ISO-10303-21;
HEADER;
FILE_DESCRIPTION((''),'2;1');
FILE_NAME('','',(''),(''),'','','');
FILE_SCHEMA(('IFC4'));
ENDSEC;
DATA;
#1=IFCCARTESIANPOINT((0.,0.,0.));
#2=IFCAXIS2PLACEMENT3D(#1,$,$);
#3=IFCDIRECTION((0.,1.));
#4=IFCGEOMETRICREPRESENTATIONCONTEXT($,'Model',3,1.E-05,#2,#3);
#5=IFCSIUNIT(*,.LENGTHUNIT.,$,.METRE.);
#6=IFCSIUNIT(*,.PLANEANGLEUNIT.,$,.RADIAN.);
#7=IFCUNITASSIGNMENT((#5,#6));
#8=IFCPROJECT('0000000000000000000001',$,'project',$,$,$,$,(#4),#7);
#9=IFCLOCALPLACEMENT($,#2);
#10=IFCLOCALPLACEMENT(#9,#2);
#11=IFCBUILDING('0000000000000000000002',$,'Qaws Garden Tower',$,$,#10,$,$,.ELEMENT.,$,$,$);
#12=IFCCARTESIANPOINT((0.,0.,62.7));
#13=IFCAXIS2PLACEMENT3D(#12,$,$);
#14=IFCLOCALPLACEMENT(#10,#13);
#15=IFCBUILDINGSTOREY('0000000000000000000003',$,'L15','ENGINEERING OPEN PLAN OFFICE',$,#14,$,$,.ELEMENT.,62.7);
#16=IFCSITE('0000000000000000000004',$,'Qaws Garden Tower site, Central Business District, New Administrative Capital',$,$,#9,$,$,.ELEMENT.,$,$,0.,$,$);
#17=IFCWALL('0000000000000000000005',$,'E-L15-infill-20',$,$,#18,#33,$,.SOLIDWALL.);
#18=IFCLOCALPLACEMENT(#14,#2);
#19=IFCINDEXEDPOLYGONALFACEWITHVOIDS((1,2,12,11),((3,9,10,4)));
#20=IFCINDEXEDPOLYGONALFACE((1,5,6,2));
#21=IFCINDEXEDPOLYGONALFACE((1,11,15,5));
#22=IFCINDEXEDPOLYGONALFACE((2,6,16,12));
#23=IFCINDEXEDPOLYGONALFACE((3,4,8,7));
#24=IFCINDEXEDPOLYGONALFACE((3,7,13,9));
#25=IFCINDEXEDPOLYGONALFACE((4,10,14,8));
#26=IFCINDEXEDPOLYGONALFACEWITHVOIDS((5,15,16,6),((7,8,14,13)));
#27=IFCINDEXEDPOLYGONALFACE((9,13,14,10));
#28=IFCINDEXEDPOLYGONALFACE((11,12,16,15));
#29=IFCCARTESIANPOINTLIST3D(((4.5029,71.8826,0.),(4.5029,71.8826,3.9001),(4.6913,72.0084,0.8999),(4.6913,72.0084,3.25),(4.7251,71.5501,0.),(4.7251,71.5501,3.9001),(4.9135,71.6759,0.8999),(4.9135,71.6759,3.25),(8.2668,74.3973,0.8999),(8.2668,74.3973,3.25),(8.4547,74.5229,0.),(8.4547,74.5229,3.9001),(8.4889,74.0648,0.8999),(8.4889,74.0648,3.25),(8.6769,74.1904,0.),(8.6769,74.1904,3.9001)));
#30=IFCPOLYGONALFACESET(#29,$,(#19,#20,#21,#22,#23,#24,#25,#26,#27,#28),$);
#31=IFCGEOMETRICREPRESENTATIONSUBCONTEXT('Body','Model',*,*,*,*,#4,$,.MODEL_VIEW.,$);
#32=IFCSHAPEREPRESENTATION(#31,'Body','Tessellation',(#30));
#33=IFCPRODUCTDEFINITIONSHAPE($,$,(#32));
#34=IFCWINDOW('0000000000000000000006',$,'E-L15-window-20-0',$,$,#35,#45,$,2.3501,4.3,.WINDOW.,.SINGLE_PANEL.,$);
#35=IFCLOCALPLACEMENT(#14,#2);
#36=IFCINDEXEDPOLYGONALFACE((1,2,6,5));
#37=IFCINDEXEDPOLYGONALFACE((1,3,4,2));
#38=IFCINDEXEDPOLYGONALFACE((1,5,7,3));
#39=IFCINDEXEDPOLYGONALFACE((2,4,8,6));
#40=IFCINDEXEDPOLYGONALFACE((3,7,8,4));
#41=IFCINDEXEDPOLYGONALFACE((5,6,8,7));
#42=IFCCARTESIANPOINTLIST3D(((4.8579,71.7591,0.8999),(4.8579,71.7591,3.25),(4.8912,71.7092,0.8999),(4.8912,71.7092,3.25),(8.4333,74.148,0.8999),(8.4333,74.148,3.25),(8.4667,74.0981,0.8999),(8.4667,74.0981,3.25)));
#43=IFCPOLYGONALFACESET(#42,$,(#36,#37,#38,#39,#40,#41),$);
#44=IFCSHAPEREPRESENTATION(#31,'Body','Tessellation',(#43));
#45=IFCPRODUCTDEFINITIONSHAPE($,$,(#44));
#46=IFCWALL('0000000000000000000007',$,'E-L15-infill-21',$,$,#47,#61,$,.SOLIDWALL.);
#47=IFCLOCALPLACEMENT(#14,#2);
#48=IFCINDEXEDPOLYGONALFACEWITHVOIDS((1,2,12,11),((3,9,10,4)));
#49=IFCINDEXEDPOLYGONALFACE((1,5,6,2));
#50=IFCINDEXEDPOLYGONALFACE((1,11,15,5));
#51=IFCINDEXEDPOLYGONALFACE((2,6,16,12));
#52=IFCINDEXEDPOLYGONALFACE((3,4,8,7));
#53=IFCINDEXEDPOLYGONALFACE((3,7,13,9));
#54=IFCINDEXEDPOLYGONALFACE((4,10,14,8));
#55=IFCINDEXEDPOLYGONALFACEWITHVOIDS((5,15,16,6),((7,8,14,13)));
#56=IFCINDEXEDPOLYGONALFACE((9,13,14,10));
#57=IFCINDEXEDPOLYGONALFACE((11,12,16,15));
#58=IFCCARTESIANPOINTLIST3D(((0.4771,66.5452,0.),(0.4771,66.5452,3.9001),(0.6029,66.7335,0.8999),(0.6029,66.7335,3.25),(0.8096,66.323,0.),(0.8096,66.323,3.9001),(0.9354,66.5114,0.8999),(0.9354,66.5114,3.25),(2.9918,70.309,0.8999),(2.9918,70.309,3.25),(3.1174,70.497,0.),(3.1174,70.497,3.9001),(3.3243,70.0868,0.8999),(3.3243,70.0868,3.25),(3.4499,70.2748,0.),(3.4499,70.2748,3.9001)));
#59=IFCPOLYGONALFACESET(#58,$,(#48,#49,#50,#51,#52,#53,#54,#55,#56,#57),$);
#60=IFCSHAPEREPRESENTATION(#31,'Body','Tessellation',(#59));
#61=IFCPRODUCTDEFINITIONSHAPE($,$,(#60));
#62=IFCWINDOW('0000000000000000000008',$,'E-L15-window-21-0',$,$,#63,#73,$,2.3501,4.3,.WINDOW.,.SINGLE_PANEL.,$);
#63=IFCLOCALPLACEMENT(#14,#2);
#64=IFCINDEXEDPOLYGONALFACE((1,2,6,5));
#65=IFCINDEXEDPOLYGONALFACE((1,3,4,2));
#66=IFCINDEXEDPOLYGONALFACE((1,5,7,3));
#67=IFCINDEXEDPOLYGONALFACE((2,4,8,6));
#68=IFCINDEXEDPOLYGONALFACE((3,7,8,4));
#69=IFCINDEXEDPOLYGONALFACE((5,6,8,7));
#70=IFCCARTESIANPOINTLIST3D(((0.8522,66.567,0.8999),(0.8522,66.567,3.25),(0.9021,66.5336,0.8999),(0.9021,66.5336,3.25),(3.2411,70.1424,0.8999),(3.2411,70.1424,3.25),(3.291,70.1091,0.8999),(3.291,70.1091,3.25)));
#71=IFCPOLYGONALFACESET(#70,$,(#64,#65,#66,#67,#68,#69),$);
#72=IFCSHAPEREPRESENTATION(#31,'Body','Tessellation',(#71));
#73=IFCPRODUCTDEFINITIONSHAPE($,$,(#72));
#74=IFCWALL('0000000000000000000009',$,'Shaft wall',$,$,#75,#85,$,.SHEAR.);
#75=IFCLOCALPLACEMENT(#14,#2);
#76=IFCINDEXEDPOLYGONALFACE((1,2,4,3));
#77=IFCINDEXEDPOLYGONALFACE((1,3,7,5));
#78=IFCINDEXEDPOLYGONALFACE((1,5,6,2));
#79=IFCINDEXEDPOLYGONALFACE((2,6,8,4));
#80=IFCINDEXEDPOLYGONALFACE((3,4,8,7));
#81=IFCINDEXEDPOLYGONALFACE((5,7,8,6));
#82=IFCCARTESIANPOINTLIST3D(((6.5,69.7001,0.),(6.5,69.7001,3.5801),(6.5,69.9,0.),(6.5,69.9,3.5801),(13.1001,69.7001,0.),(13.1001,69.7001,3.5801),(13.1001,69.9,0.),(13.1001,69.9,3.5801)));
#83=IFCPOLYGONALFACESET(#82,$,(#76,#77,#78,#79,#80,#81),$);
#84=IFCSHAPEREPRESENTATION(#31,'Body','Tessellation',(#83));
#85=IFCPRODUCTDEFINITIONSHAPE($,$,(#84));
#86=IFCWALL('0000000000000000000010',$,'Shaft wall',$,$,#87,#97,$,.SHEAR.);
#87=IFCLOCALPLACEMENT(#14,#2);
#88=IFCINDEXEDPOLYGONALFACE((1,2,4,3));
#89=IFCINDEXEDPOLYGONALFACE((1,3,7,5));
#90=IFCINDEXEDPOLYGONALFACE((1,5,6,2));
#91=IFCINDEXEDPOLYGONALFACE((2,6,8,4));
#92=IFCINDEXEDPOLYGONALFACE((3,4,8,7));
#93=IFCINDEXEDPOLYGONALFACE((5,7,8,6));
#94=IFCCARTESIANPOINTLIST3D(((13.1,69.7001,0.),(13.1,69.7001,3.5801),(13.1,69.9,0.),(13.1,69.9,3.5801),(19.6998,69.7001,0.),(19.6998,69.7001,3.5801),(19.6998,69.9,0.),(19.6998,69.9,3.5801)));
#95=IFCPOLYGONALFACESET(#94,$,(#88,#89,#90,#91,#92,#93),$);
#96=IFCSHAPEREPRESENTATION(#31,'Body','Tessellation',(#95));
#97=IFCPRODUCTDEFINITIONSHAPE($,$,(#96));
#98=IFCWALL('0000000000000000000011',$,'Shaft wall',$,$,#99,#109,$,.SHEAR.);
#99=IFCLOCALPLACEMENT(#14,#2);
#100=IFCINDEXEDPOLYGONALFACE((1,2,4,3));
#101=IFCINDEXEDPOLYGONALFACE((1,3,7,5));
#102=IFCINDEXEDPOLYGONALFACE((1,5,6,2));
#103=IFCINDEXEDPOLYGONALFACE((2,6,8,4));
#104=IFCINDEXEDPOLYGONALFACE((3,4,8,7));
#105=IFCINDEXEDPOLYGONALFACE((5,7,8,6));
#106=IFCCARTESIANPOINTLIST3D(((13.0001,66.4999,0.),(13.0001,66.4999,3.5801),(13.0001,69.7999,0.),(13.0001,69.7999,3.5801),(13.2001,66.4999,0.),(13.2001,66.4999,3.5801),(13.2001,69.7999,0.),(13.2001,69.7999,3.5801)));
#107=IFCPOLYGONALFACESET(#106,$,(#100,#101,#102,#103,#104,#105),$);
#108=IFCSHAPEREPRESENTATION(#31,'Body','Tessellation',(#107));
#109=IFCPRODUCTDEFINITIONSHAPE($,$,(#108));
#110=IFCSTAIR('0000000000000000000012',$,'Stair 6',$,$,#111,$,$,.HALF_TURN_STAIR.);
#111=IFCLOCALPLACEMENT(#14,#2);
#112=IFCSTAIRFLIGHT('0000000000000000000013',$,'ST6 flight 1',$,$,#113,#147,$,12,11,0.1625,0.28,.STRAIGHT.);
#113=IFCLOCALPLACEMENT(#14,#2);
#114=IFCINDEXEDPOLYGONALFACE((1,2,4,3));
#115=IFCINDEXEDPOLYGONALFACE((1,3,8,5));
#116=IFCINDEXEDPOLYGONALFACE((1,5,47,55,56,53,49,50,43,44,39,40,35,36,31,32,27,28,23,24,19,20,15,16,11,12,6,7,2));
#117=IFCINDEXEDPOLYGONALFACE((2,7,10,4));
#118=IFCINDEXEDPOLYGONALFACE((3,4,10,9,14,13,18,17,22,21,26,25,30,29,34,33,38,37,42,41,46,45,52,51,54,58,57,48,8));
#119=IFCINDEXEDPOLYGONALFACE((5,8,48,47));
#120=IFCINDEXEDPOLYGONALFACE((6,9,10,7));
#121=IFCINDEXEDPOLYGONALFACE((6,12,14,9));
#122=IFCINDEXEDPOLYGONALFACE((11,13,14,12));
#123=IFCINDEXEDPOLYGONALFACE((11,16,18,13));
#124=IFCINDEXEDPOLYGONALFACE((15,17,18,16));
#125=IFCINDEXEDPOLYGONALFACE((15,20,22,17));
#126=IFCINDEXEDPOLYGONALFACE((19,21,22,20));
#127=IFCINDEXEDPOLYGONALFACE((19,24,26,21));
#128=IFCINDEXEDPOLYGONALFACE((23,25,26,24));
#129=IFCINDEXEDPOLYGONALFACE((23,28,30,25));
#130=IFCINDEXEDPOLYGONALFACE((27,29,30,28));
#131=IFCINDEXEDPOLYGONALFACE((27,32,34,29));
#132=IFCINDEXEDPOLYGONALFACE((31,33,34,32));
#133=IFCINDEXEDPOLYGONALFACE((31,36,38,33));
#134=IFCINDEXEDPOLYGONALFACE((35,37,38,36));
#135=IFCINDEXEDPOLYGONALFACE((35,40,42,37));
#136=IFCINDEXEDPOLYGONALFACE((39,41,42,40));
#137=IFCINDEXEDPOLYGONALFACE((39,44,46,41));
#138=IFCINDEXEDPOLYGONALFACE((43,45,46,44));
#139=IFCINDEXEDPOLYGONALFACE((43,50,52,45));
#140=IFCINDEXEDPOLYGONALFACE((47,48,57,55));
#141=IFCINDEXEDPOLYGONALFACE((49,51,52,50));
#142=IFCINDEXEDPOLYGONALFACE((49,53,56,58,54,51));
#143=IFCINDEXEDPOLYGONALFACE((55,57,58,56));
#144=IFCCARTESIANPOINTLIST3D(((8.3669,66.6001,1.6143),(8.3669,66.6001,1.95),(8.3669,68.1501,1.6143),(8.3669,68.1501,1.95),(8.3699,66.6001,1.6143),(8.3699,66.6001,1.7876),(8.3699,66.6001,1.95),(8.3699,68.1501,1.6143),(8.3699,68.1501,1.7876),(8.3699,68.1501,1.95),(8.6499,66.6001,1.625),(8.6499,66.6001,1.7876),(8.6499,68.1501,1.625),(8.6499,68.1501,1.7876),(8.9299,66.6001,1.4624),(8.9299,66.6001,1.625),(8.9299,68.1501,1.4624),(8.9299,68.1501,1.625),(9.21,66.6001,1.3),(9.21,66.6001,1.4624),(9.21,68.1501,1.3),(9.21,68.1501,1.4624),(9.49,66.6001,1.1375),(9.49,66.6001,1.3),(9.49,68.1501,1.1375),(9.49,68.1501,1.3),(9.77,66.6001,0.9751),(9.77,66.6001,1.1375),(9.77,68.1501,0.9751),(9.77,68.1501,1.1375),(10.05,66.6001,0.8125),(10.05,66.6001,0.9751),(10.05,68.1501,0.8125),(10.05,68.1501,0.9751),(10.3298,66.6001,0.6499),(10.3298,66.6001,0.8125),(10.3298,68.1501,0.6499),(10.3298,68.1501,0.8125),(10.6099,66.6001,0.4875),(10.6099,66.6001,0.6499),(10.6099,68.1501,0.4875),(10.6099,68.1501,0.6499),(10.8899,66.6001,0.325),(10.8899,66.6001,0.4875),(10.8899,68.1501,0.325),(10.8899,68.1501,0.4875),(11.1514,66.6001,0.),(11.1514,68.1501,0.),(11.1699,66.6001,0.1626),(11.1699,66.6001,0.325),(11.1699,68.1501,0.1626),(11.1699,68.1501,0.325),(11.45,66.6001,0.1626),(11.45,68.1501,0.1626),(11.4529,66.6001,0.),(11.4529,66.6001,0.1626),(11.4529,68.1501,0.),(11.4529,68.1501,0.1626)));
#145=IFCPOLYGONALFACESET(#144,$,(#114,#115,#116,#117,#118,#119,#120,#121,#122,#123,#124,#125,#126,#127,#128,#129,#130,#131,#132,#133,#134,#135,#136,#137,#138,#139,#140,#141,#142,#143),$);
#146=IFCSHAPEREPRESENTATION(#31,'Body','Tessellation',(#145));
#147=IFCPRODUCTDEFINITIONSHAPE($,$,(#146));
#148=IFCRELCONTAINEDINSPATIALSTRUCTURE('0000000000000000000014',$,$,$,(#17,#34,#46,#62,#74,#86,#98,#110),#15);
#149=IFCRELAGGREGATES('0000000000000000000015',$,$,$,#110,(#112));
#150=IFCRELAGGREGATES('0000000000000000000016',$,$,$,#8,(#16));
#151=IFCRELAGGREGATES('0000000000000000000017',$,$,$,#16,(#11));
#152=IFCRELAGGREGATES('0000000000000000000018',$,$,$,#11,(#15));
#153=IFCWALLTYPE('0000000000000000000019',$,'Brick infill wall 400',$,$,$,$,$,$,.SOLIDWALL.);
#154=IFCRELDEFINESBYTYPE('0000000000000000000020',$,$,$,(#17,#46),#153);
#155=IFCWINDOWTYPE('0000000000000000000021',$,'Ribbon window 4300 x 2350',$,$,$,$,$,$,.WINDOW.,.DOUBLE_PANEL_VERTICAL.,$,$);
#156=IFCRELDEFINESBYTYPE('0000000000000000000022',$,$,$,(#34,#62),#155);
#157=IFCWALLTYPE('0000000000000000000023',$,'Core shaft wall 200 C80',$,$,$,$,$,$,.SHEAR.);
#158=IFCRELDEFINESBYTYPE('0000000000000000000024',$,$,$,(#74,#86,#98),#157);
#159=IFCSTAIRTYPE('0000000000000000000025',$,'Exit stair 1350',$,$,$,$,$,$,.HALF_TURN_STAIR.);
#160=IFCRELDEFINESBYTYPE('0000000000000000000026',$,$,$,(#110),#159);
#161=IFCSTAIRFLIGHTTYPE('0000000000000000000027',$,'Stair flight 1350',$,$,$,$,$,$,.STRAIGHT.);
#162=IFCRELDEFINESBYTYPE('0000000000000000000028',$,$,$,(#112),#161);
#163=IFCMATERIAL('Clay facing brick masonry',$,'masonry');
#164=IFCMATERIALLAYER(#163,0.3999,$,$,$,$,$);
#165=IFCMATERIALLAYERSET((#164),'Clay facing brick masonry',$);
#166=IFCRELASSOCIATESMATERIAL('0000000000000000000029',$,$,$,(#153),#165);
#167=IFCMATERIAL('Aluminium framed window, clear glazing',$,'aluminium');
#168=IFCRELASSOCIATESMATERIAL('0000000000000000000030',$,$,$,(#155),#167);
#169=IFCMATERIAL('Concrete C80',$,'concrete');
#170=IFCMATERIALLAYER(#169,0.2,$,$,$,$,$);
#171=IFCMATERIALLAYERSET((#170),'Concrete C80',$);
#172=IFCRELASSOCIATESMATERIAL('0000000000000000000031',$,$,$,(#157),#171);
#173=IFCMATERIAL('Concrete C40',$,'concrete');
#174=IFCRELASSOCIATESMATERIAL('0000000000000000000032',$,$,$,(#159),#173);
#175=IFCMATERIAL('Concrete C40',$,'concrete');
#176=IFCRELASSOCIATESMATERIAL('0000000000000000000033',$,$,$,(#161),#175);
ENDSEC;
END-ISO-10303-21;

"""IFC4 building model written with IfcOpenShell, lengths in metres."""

from ifc_helpers import new_model, si_unit, direction, frame, frame_2d, origin, place, context, subcontext, project, spatial, polyline, rectangle, outline, extrude, material, layer, layer_set, type_object, element, fill, aggregate, save


model = new_model("IFC4")

# Units and contexts
model_context = context("Model", 3, precision=1e-05, world=origin(), true_north=direction((0.0, 1.0)))
body_context = subcontext(model_context, "Body", "Model", "MODEL_VIEW")
ifc_project = project(units=[si_unit("LENGTHUNIT", "METRE"), si_unit("PLANEANGLEUNIT", "RADIAN")], contexts=[model_context])

# Site, building, storey
site_placement = place(None, origin())
site = spatial("IfcSite", under=ifc_project, at=site_placement, Name="Qaws Garden Tower site, Central Business District, New Administrative Capital", CompositionType="ELEMENT", RefElevation=0.0)
building_placement = place(site_placement, origin())
building = spatial("IfcBuilding", under=site, at=building_placement, Name="Qaws Garden Tower", CompositionType="ELEMENT")
storey_placement = place(building_placement, frame((0.0, 0.0, 62.7)))
storey = spatial("IfcBuildingStorey", under=building, at=storey_placement, Name="L15", Description="ENGINEERING OPEN PLAN OFFICE", CompositionType="ELEMENT", Elevation=62.7)

# Walls, openings, windows
ifc_material_1 = material(Name="Clay facing brick masonry", Category="masonry")
ifc_layer_1 = layer(ifc_material_1, 0.3999)
ifc_layer_set_1 = layer_set([ifc_layer_1], Name="Clay facing brick masonry")
wall_type_1 = type_object("IfcWallType", Name="Brick infill wall 400", PredefinedType="SOLIDWALL", material=ifc_layer_set_1)
ifc_material_2 = material(Name="Aluminium framed window, clear glazing", Category="aluminium")
window_type = type_object("IfcWindowType", Name="Ribbon window 4300 x 2350", PartitioningType="DOUBLE_PANEL_VERTICAL", PredefinedType="WINDOW", material=ifc_material_2)
wall_1_placement = place(storey_placement, frame((8.5659, 74.3567, 0.0), z_axis=(0.0, 0.0, 1.0), x_axis=(-0.831489, -0.555542, 0.0)))
wall_1 = element("IfcWall", 1, at=wall_1_placement, inside=storey, type_object=wall_type_1, Name="E-L15-infill-20", PredefinedType="SOLIDWALL", context=body_context, shape_type="SweptSolid", body=[
    extrude(rectangle(XDim=4.7527, YDim=0.3999, at=frame_2d((2.3765, 0.0))), origin(), (0.0, 0.0, 1.0), 3.9001),
])
opening_1_placement = place(wall_1_placement, frame((0.2263, 0.0, 0.8999)))
opening_1 = element("IfcOpeningElement", 2, at=opening_1_placement, cuts=wall_1, PredefinedType="OPENING", context=body_context, shape_type="SweptSolid", body=[
    extrude(rectangle(XDim=4.3, YDim=2.3501, at=frame_2d((2.1499, 1.175))), frame((0.0, 0.21, 0.0), z_axis=(0.0, -1.0, 0.0), x_axis=(1.0, 0.0, 0.0)), (0.0, 0.0, 1.0), 0.4199),
])
window_1_placement = place(opening_1_placement, origin())
window_1 = element("IfcWindow", 3, at=window_1_placement, inside=storey, type_object=window_type, Name="E-L15-window-20-0", OverallHeight=2.3501, OverallWidth=4.3, PartitioningType="SINGLE_PANEL", PredefinedType="WINDOW", context=body_context, shape_type="SweptSolid", body=[
    extrude(rectangle(XDim=4.3, YDim=2.3501, at=frame_2d((2.1499, 1.175))), frame((0.0, 0.1599, 0.0), z_axis=(0.0, -1.0, 0.0), x_axis=(1.0, 0.0, 0.0)), (0.0, 0.0, 1.0), 0.0601),
])
fill(opening_1, window_1)
wall_2_placement = place(storey_placement, frame((3.2837, 70.386, 0.0), z_axis=(0.0, 0.0, 1.0), x_axis=(-0.555542, -0.831489, 0.0)))
wall_2 = element("IfcWall", 4, at=wall_2_placement, inside=storey, type_object=wall_type_1, Name="E-L15-infill-21", PredefinedType="SOLIDWALL", context=body_context, shape_type="SweptSolid", body=[
    extrude(rectangle(XDim=4.7527, YDim=0.3999, at=frame_2d((2.3765, 0.0))), origin(), (0.0, 0.0, 1.0), 3.9001),
])
opening_2_placement = place(wall_2_placement, frame((0.2263, 0.0, 0.8999)))
opening_2 = element("IfcOpeningElement", 5, at=opening_2_placement, cuts=wall_2, PredefinedType="OPENING", context=body_context, shape_type="SweptSolid", body=[
    extrude(rectangle(XDim=4.3, YDim=2.3501, at=frame_2d((2.1499, 1.175))), frame((0.0, 0.21, 0.0), z_axis=(0.0, -1.0, 0.0), x_axis=(1.0, 0.0, 0.0)), (0.0, 0.0, 1.0), 0.4199),
])
window_2_placement = place(opening_2_placement, origin())
window_2 = element("IfcWindow", 6, at=window_2_placement, inside=storey, type_object=window_type, Name="E-L15-window-21-0", OverallHeight=2.3501, OverallWidth=4.3, PartitioningType="SINGLE_PANEL", PredefinedType="WINDOW", context=body_context, shape_type="SweptSolid", body=[
    extrude(rectangle(XDim=4.3, YDim=2.3501, at=frame_2d((2.1499, 1.175))), frame((0.0, 0.1599, 0.0), z_axis=(0.0, -1.0, 0.0), x_axis=(1.0, 0.0, 0.0)), (0.0, 0.0, 1.0), 0.0601),
])
fill(opening_2, window_2)

# Walls
ifc_material_3 = material(Name="Concrete C80", Category="concrete")
ifc_layer_2 = layer(ifc_material_3, 0.2)
ifc_layer_set_2 = layer_set([ifc_layer_2], Name="Concrete C80")
wall_type_2 = type_object("IfcWallType", Name="Core shaft wall 200 C80", PredefinedType="SHEAR", material=ifc_layer_set_2)
wall_3_placement = place(storey_placement, frame((6.5, 69.8, 0.0), z_axis=(0.0, 0.0, 1.0), x_axis=(1.0, 0.0, 0.0)))
element("IfcWall", 7, at=wall_3_placement, inside=storey, type_object=wall_type_2, Name="Shaft wall", PredefinedType="SHEAR", context=body_context, shape_type="SweptSolid", body=[
    extrude(rectangle(XDim=6.6001, YDim=0.2, at=frame_2d((3.3, 0.0))), origin(), (0.0, 0.0, 1.0), 3.5801),
])
wall_4_placement = place(storey_placement, frame((13.1001, 69.8, 0.0), z_axis=(0.0, 0.0, 1.0), x_axis=(1.0, 0.0, 0.0)))
element("IfcWall", 8, at=wall_4_placement, inside=storey, type_object=wall_type_2, Name="Shaft wall", PredefinedType="SHEAR", context=body_context, shape_type="SweptSolid", body=[
    extrude(rectangle(XDim=6.5999, YDim=0.2, at=frame_2d((3.2998, 0.0))), origin(), (0.0, 0.0, 1.0), 3.5801),
])
wall_5_placement = place(storey_placement, frame((13.1001, 66.5, 0.0), z_axis=(0.0, 0.0, 1.0), x_axis=(0.0, 1.0, 0.0)))
element("IfcWall", 9, at=wall_5_placement, inside=storey, type_object=wall_type_2, Name="Shaft wall", PredefinedType="SHEAR", context=body_context, shape_type="SweptSolid", body=[
    extrude(rectangle(XDim=3.3, YDim=0.2, at=frame_2d((1.6499, 0.0))), origin(), (0.0, 0.0, 1.0), 3.5801),
])

# Stair, stair flight
ifc_material_4 = material(Name="Concrete C40", Category="concrete")
stair_type = type_object("IfcStairType", Name="Exit stair 1350", PredefinedType="HALF_TURN_STAIR", material=ifc_material_4)
placement = place(storey_placement, origin())
stair_1 = element("IfcStair", 10, at=placement, inside=storey, type_object=stair_type, Name="Stair 6", PredefinedType="HALF_TURN_STAIR")
ifc_material_5 = material(Name="Concrete C40", Category="concrete")
stair_flight_type = type_object("IfcStairFlightType", Name="Stair flight 1350", PredefinedType="STRAIGHT", material=ifc_material_5)
stair_flight_1_placement = place(storey_placement, frame((11.45, 67.375, 0.0), z_axis=(0.0, 0.0, 1.0), x_axis=(-1.0, 0.0, 0.0)))
stair_flight_1 = element("IfcStairFlight", 11, at=stair_flight_1_placement, type_object=stair_flight_type, Name="ST6 flight 1", NumberOfRisers=12, NumberOfTreads=11, PredefinedType="STRAIGHT", RiserHeight=0.1625, TreadLength=0.28, context=body_context, shape_type="SweptSolid", body=[
    extrude(outline(polyline([(-0.0029, 0.0), (-0.0029, 0.1626), (0.0, 0.1626), (0.28, 0.1626), (0.28, 0.325), (0.5601, 0.325), (0.5601, 0.4875), (0.8401, 0.4875), (0.8401, 0.6499), (1.1201, 0.6499), (1.1201, 0.8125), (1.3999, 0.8125), (1.3999, 0.9751), (1.6799, 0.9751), (1.6799, 1.1375), (1.96, 1.1375), (1.96, 1.3), (2.24, 1.3), (2.24, 1.4624), (2.52, 1.4624), (2.52, 1.625), (2.8, 1.625), (2.8, 1.7876), (3.0801, 1.7876), (3.0801, 1.95), (3.083, 1.95), (3.083, 1.6143), (3.0801, 1.6143), (0.2986, 0.0), (-0.0029, 0.0)])), frame((0.0, 0.7749, 0.0), z_axis=(0.0, -1.0, 0.0), x_axis=(1.0, 0.0, 0.0)), (0.0, 0.0, 1.0), 1.55),
])
aggregate(stair_1, [stair_flight_1])

save(model, "model.ifc")
